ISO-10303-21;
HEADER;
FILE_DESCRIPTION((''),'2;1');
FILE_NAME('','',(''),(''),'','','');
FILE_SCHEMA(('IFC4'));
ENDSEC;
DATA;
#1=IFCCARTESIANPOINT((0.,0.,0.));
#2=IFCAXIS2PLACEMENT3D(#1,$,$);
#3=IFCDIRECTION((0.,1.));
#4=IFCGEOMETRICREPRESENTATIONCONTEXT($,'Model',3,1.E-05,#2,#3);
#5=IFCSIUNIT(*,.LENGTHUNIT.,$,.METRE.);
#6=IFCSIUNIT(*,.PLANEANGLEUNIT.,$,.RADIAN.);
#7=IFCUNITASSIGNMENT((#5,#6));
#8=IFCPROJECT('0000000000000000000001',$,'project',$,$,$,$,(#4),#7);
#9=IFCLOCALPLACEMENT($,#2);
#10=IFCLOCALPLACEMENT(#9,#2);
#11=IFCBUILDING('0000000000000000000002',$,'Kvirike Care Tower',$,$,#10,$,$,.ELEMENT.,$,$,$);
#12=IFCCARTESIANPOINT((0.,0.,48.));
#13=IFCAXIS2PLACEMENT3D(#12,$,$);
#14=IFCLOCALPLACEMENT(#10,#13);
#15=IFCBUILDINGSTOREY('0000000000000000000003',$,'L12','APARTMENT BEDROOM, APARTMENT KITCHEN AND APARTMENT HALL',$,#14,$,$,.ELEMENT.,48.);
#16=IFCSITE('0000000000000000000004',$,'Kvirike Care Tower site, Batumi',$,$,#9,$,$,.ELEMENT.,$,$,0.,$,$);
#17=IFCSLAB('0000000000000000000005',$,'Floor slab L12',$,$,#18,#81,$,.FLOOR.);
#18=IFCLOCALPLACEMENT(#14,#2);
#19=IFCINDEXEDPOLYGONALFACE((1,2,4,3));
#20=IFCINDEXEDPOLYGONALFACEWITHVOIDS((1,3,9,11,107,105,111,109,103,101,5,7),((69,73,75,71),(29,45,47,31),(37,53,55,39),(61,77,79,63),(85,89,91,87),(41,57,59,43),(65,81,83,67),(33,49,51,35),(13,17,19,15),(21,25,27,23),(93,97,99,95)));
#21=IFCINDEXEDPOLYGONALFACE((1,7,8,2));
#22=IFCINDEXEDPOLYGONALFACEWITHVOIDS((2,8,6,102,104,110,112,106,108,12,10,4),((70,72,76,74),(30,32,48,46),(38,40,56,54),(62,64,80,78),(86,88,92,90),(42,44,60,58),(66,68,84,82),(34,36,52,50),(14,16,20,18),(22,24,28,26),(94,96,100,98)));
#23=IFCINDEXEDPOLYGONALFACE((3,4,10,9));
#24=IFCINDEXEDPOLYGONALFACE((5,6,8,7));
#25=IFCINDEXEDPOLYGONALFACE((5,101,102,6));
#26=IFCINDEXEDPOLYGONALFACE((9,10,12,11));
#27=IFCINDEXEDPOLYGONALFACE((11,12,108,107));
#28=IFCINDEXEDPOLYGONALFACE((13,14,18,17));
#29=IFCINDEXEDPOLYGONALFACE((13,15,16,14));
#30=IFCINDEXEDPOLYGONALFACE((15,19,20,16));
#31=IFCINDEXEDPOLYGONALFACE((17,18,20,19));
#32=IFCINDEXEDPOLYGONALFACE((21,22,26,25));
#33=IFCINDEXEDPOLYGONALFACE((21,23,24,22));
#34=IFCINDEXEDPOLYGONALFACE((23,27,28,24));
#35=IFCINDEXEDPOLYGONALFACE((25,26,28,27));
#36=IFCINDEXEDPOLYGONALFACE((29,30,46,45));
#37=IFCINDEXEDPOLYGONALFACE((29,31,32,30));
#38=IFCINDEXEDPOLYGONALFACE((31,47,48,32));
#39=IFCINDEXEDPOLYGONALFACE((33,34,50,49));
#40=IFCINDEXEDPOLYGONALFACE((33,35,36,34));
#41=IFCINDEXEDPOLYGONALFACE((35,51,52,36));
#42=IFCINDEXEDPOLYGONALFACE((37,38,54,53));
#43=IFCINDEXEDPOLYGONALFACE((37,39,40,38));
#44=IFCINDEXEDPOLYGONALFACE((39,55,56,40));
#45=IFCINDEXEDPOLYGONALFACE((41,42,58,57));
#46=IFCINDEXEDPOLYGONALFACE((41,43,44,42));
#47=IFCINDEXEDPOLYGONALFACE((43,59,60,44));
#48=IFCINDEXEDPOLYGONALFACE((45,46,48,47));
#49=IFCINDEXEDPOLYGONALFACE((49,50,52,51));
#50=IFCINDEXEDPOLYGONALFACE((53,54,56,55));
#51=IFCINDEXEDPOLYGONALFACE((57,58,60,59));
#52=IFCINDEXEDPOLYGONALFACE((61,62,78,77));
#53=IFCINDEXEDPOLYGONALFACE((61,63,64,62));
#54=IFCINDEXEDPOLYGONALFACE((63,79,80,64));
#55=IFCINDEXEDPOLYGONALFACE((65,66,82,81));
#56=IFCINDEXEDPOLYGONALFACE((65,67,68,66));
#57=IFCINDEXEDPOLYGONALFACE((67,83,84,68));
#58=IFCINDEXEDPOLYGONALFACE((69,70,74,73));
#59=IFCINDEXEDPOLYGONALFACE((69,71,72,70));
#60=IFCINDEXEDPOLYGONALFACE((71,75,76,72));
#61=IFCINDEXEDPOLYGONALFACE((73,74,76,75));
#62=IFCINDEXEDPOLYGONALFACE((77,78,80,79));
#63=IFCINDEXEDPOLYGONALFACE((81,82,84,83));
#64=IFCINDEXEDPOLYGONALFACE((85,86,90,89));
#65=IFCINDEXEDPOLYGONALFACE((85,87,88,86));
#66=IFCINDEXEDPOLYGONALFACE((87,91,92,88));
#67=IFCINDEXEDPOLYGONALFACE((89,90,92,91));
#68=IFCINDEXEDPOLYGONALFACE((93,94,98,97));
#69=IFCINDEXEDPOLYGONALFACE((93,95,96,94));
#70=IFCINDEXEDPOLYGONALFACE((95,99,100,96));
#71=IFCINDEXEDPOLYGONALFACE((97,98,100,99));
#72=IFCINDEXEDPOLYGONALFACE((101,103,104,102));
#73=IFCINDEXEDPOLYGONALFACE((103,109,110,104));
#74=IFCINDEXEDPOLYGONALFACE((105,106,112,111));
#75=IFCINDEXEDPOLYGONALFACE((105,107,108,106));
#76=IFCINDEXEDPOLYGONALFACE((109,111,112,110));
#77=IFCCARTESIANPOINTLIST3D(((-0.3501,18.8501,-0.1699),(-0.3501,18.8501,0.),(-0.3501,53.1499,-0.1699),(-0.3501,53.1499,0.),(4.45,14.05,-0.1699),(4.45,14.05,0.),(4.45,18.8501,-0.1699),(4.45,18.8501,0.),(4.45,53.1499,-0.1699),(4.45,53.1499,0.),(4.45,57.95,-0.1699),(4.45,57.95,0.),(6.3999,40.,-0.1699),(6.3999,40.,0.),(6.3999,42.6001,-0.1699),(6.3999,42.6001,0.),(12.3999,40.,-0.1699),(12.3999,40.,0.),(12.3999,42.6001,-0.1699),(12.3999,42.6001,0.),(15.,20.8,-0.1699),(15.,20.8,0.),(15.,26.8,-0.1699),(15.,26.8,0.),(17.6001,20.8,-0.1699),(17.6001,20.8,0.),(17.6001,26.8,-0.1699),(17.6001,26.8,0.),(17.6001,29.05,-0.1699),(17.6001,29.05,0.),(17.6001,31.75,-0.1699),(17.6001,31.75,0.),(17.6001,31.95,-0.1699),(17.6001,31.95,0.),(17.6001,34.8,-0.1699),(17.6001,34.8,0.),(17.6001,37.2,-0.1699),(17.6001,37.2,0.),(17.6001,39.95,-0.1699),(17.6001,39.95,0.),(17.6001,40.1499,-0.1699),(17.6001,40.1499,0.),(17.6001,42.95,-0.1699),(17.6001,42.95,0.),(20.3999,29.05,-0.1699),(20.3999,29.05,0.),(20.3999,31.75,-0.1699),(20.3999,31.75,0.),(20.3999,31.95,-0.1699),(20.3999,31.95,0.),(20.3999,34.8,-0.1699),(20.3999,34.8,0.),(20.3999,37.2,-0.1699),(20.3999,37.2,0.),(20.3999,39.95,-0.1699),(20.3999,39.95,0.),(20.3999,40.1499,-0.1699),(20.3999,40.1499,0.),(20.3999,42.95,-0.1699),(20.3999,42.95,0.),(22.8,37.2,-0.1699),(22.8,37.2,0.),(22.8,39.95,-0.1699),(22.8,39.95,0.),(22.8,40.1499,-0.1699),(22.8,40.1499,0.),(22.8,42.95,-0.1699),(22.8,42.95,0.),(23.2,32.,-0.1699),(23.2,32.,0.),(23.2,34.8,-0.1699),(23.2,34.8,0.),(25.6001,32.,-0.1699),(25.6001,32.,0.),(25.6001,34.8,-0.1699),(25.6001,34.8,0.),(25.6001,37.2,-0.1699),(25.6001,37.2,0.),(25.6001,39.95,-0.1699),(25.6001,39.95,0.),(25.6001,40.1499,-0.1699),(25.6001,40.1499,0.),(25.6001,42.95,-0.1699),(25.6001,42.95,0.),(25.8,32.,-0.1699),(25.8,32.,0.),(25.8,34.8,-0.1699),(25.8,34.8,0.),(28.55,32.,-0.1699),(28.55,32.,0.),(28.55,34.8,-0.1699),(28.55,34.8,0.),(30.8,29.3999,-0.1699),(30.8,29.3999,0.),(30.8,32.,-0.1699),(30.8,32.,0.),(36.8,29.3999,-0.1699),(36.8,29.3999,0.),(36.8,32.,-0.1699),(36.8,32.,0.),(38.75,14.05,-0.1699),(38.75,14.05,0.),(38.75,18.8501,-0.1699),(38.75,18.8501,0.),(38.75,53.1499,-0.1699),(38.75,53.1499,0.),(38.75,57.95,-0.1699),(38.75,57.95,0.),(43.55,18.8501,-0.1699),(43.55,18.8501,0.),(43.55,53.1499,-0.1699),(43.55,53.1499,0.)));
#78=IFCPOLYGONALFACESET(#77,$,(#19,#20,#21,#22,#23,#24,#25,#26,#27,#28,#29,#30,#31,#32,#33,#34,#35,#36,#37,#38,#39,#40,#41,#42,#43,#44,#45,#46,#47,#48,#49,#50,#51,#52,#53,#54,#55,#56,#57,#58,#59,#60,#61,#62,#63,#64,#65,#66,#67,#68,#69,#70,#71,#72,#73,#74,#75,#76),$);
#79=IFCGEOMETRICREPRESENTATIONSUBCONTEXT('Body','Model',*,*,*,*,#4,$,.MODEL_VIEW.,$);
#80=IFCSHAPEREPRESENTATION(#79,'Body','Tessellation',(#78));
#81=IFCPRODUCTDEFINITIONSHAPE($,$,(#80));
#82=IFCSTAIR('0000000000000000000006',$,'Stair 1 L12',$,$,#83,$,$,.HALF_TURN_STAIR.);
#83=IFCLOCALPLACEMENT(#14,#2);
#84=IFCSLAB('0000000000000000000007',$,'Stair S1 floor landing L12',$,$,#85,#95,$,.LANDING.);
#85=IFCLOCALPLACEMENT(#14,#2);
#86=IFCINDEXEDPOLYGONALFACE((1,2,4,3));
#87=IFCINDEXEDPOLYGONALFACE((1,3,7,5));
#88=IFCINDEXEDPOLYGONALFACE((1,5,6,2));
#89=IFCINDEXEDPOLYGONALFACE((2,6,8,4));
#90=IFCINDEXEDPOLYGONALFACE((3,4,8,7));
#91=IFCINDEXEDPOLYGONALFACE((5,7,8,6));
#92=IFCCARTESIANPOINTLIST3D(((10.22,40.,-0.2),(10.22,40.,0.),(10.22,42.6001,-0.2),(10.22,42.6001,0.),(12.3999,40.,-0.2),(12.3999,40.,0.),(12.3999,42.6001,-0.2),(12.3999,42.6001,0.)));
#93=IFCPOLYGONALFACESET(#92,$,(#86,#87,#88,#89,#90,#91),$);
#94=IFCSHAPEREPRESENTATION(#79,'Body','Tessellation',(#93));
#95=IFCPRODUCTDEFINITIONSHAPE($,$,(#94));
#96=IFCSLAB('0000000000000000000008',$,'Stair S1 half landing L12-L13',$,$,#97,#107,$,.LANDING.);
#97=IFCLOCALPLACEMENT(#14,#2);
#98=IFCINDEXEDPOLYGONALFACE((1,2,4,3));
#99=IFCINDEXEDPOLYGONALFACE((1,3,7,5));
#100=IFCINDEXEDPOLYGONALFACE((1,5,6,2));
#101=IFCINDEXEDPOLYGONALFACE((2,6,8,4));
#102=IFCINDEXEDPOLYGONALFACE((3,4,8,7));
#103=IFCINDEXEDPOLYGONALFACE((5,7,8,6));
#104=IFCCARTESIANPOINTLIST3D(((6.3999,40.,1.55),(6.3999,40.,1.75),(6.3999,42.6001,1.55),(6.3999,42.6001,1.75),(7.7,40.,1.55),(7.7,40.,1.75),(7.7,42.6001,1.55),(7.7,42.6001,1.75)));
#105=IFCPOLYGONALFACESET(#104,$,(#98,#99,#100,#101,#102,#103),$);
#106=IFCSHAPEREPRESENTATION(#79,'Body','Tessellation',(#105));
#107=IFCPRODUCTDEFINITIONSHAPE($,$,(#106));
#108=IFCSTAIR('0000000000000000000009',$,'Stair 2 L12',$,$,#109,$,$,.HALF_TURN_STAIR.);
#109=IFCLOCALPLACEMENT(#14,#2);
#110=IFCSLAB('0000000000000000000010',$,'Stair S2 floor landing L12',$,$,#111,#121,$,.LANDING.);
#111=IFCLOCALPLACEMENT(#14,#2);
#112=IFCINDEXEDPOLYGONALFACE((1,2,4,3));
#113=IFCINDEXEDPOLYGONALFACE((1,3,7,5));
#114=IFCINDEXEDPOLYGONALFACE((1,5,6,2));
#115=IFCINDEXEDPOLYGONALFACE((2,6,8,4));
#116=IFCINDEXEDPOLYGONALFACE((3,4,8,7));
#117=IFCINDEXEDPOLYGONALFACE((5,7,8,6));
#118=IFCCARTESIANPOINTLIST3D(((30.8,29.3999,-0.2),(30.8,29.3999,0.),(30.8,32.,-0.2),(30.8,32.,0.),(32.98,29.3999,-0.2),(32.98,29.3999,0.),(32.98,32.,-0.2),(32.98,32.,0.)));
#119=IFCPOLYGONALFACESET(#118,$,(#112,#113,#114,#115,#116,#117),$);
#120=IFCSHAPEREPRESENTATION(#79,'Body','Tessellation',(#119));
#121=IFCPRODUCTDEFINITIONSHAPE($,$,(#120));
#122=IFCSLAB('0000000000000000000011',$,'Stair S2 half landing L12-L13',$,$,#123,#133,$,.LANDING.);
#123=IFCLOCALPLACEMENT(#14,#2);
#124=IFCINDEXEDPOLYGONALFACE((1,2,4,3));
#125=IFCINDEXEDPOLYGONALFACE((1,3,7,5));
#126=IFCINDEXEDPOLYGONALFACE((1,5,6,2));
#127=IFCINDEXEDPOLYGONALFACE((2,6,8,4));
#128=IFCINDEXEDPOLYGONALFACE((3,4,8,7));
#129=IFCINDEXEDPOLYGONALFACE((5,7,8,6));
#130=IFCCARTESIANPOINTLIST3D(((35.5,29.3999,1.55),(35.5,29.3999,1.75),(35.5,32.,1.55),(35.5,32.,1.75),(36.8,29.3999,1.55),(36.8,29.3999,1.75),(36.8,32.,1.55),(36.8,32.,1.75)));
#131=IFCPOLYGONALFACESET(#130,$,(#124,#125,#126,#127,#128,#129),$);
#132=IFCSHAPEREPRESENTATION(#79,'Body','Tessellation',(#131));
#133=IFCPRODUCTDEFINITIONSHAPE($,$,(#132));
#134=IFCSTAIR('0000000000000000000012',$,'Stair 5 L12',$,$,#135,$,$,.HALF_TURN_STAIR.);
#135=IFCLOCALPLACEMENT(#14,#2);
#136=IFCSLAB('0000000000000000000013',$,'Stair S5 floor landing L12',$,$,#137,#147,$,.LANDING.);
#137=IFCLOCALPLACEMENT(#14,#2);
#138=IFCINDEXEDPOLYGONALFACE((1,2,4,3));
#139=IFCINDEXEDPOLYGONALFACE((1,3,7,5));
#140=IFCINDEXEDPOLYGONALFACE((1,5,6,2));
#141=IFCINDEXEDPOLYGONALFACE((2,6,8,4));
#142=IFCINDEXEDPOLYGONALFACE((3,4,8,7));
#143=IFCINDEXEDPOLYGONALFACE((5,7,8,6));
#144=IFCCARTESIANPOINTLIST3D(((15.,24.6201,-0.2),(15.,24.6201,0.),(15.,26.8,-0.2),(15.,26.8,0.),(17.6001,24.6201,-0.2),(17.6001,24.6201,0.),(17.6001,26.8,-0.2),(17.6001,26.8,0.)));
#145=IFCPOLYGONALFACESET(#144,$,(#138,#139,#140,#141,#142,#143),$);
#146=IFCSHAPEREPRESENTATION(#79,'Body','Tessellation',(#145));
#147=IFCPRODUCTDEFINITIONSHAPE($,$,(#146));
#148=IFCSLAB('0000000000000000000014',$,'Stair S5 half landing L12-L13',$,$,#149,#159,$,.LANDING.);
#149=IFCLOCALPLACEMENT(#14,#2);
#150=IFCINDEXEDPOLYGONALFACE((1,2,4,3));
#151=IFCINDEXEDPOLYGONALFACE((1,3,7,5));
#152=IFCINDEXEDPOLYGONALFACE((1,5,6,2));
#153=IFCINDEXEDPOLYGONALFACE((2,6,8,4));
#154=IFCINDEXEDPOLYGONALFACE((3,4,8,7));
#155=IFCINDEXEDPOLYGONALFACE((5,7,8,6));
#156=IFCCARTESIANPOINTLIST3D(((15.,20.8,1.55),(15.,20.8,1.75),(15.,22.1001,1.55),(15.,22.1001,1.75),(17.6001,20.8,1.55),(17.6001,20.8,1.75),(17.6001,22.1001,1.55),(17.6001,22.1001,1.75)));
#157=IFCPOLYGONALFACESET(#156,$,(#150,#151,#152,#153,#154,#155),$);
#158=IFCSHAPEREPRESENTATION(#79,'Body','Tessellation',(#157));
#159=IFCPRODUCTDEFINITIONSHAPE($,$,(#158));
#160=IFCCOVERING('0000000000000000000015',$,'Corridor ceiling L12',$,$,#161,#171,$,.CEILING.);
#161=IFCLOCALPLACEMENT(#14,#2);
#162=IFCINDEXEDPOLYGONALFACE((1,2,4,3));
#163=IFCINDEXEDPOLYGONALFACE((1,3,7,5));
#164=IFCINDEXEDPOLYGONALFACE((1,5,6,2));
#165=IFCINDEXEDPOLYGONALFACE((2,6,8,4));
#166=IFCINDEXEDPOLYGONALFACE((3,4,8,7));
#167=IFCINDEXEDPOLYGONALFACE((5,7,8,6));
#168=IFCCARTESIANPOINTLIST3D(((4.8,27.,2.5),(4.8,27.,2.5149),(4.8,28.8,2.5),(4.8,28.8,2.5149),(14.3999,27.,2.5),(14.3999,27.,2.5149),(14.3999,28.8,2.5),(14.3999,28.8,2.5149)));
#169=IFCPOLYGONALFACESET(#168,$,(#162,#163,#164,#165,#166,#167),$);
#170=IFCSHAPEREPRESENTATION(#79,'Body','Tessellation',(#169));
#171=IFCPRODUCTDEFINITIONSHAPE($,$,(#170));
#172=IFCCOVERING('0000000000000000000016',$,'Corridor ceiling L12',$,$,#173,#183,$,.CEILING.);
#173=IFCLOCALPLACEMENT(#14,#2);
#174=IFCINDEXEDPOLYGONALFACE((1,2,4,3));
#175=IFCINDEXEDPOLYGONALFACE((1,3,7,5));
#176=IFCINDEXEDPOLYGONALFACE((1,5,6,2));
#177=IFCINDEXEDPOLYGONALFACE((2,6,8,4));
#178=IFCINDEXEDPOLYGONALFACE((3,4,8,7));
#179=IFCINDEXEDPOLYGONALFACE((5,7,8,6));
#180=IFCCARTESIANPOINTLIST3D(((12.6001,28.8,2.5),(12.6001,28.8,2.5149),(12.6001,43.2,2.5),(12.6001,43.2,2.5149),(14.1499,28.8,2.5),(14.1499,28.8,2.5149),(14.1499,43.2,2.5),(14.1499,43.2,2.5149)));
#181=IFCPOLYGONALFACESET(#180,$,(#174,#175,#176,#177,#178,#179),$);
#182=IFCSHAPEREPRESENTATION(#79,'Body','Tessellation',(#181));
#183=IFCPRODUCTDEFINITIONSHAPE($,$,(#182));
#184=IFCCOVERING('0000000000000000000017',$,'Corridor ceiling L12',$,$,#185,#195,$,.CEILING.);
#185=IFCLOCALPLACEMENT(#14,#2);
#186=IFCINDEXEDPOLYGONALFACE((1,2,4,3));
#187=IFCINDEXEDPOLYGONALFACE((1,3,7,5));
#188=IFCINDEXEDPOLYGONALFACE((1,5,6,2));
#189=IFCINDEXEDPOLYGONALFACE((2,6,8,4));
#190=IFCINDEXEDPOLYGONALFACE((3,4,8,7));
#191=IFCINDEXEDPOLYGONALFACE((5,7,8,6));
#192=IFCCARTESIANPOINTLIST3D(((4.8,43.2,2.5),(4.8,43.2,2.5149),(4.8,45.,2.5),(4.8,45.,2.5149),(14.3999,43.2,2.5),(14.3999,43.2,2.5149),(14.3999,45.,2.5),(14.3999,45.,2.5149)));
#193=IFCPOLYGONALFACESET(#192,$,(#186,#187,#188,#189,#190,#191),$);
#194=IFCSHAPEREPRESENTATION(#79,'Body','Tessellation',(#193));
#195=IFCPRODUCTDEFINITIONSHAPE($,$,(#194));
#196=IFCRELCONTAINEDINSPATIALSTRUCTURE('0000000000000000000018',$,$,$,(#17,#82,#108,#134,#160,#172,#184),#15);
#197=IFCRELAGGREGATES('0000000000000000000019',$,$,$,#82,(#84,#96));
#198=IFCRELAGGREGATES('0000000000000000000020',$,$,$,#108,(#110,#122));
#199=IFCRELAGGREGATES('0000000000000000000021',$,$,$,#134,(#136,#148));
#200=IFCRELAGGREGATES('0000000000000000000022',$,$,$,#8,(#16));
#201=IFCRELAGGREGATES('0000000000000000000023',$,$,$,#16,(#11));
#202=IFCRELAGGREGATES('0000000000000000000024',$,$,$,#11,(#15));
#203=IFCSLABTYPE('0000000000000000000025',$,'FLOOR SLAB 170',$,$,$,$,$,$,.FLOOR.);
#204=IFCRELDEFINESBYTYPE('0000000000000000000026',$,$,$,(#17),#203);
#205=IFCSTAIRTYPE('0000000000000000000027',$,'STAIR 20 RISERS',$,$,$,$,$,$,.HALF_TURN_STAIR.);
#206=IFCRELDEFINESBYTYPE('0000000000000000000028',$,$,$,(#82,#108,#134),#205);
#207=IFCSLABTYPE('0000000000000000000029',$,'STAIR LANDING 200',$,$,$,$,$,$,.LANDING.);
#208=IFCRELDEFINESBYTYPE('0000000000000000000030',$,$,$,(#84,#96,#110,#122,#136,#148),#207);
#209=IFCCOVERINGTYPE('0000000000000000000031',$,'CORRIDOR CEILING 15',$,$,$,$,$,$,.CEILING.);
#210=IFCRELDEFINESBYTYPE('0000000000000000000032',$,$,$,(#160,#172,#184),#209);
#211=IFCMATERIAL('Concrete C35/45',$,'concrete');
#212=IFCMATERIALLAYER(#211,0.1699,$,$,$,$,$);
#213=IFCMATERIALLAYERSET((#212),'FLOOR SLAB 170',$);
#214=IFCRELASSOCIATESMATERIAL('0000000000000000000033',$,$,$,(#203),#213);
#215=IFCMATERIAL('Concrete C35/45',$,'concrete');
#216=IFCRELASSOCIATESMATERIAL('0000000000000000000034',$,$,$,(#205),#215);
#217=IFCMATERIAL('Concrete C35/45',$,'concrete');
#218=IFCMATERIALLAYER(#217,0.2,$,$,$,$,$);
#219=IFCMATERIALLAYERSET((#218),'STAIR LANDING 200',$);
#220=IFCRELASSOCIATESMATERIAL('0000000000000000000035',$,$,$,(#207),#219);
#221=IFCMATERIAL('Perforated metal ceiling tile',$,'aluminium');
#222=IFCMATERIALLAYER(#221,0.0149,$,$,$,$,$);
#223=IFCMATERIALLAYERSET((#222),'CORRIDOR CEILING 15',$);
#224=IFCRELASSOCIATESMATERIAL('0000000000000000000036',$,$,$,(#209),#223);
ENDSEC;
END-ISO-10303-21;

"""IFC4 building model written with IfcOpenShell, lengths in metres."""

from ifc_helpers import new_model, si_unit, direction, frame, origin, place, context, subcontext, project, spatial, polyline, outline, extrude, material, layer, layer_set, type_object, element, aggregate, save


model = new_model("IFC4")

# Units and contexts
model_context = context("Model", 3, precision=1e-05, world=origin(), true_north=direction((0.0, 1.0)))
body_context = subcontext(model_context, "Body", "Model", "MODEL_VIEW")
ifc_project = project(units=[si_unit("LENGTHUNIT", "METRE"), si_unit("PLANEANGLEUNIT", "RADIAN")], contexts=[model_context])

# Site, building, storey
site_placement = place(None, origin())
site = spatial("IfcSite", under=ifc_project, at=site_placement, Name="Kvirike Care Tower site, Batumi", CompositionType="ELEMENT", RefElevation=0.0)
building_placement = place(site_placement, origin())
building = spatial("IfcBuilding", under=site, at=building_placement, Name="Kvirike Care Tower", CompositionType="ELEMENT")
storey_placement = place(building_placement, frame((0.0, 0.0, 48.0)))
storey = spatial("IfcBuildingStorey", under=building, at=storey_placement, Name="L12", Description="APARTMENT BEDROOM, APARTMENT KITCHEN AND APARTMENT HALL", CompositionType="ELEMENT", Elevation=48.0)

# Slab
ifc_material_1 = material(Name="Concrete C35/45", Category="concrete")
ifc_layer_1 = layer(ifc_material_1, 0.1699)
ifc_layer_set_1 = layer_set([ifc_layer_1], Name="FLOOR SLAB 170")
slab_type_1 = type_object("IfcSlabType", Name="FLOOR SLAB 170", PredefinedType="FLOOR", material=ifc_layer_set_1)
slab_1_placement = place(storey_placement, frame((0.0, 0.0, -0.1699)))
element("IfcSlab", 1, at=slab_1_placement, inside=storey, type_object=slab_type_1, Name="Floor slab L12", PredefinedType="FLOOR", context=body_context, shape_type="SweptSolid", body=[
    extrude(outline(polyline([(-0.3501, 53.1499), (-0.3501, 18.8501), (4.45, 18.8501), (4.45, 14.05), (38.75, 14.05), (38.75, 18.8501), (43.55, 18.8501), (43.55, 53.1499), (38.75, 53.1499), (38.75, 57.95), (4.45, 57.95), (4.45, 53.1499), (-0.3501, 53.1499)]), holes=[polyline([(17.6001, 29.05), (17.6001, 31.75), (20.3999, 31.75), (20.3999, 29.05), (17.6001, 29.05)]), polyline([(17.6001, 31.95), (17.6001, 34.8), (20.3999, 34.8), (20.3999, 31.95), (17.6001, 31.95)]), polyline([(17.6001, 37.2), (17.6001, 39.95), (20.3999, 39.95), (20.3999, 37.2), (17.6001, 37.2)]), polyline([(17.6001, 40.1499), (17.6001, 42.95), (20.3999, 42.95), (20.3999, 40.1499), (17.6001, 40.1499)]), polyline([(22.8, 37.2), (22.8, 39.95), (25.6001, 39.95), (25.6001, 37.2), (22.8, 37.2)]), polyline([(22.8, 40.1499), (22.8, 42.95), (25.6001, 42.95), (25.6001, 40.1499), (22.8, 40.1499)]), polyline([(23.2, 32.0), (23.2, 34.8), (25.6001, 34.8), (25.6001, 32.0), (23.2, 32.0)]), polyline([(25.8, 32.0), (25.8, 34.8), (28.55, 34.8), (28.55, 32.0), (25.8, 32.0)]), polyline([(12.3999, 42.6001), (12.3999, 40.0), (6.3999, 40.0), (6.3999, 42.6001), (12.3999, 42.6001)]), polyline([(30.8, 29.3999), (30.8, 32.0), (36.8, 32.0), (36.8, 29.3999), (30.8, 29.3999)]), polyline([(15.0, 26.8), (17.6001, 26.8), (17.6001, 20.8), (15.0, 20.8), (15.0, 26.8)])]), origin(), (0.0, 0.0, 1.0), 0.1699),
])

# Stairs, slabs
ifc_material_2 = material(Name="Concrete C35/45", Category="concrete")
stair_type = type_object("IfcStairType", Name="STAIR 20 RISERS", PredefinedType="HALF_TURN_STAIR", material=ifc_material_2)
stair_1_placement = place(storey_placement, origin())
stair_1 = element("IfcStair", 2, at=stair_1_placement, inside=storey, type_object=stair_type, Name="Stair 1 L12", PredefinedType="HALF_TURN_STAIR")
ifc_material_3 = material(Name="Concrete C35/45", Category="concrete")
ifc_layer_2 = layer(ifc_material_3, 0.2)
ifc_layer_set_2 = layer_set([ifc_layer_2], Name="STAIR LANDING 200")
slab_type_2 = type_object("IfcSlabType", Name="STAIR LANDING 200", PredefinedType="LANDING", material=ifc_layer_set_2)
slab_2_placement = place(storey_placement, frame((0.0, 0.0, -0.2)))
slab_2 = element("IfcSlab", 3, at=slab_2_placement, type_object=slab_type_2, Name="Stair S1 floor landing L12", PredefinedType="LANDING", context=body_context, shape_type="SweptSolid", body=[
    extrude(outline(polyline([(10.22, 42.6001), (10.22, 40.0), (12.3999, 40.0), (12.3999, 42.6001), (10.22, 42.6001)])), origin(), (0.0, 0.0, 1.0), 0.2),
])
slab_3_placement = place(storey_placement, frame((0.0, 0.0, 1.55)))
slab_3 = element("IfcSlab", 4, at=slab_3_placement, type_object=slab_type_2, Name="Stair S1 half landing L12-L13", PredefinedType="LANDING", context=body_context, shape_type="SweptSolid", body=[
    extrude(outline(polyline([(6.3999, 42.6001), (6.3999, 40.0), (7.7, 40.0), (7.7, 42.6001), (6.3999, 42.6001)])), origin(), (0.0, 0.0, 1.0), 0.2),
])
aggregate(stair_1, [slab_2, slab_3])
stair_2_placement = place(storey_placement, origin())
stair_2 = element("IfcStair", 5, at=stair_2_placement, inside=storey, type_object=stair_type, Name="Stair 2 L12", PredefinedType="HALF_TURN_STAIR")
slab_4_placement = place(storey_placement, frame((0.0, 0.0, -0.2)))
slab_4 = element("IfcSlab", 6, at=slab_4_placement, type_object=slab_type_2, Name="Stair S2 floor landing L12", PredefinedType="LANDING", context=body_context, shape_type="SweptSolid", body=[
    extrude(outline(polyline([(32.98, 29.3999), (32.98, 32.0), (30.8, 32.0), (30.8, 29.3999), (32.98, 29.3999)])), origin(), (0.0, 0.0, 1.0), 0.2),
])
slab_5_placement = place(storey_placement, frame((0.0, 0.0, 1.55)))
slab_5 = element("IfcSlab", 7, at=slab_5_placement, type_object=slab_type_2, Name="Stair S2 half landing L12-L13", PredefinedType="LANDING", context=body_context, shape_type="SweptSolid", body=[
    extrude(outline(polyline([(36.8, 29.3999), (36.8, 32.0), (35.5, 32.0), (35.5, 29.3999), (36.8, 29.3999)])), origin(), (0.0, 0.0, 1.0), 0.2),
])
aggregate(stair_2, [slab_4, slab_5])
stair_3_placement = place(storey_placement, origin())
stair_3 = element("IfcStair", 8, at=stair_3_placement, inside=storey, type_object=stair_type, Name="Stair 5 L12", PredefinedType="HALF_TURN_STAIR")
slab_6_placement = place(storey_placement, frame((0.0, 0.0, -0.2)))
slab_6 = element("IfcSlab", 9, at=slab_6_placement, type_object=slab_type_2, Name="Stair S5 floor landing L12", PredefinedType="LANDING", context=body_context, shape_type="SweptSolid", body=[
    extrude(outline(polyline([(15.0, 24.6201), (17.6001, 24.6201), (17.6001, 26.8), (15.0, 26.8), (15.0, 24.6201)])), origin(), (0.0, 0.0, 1.0), 0.2),
])
slab_7_placement = place(storey_placement, frame((0.0, 0.0, 1.55)))
slab_7 = element("IfcSlab", 10, at=slab_7_placement, type_object=slab_type_2, Name="Stair S5 half landing L12-L13", PredefinedType="LANDING", context=body_context, shape_type="SweptSolid", body=[
    extrude(outline(polyline([(15.0, 20.8), (17.6001, 20.8), (17.6001, 22.1001), (15.0, 22.1001), (15.0, 20.8)])), origin(), (0.0, 0.0, 1.0), 0.2),
])
aggregate(stair_3, [slab_6, slab_7])

# Coverings
ifc_material_4 = material(Name="Perforated metal ceiling tile", Category="aluminium")
ifc_layer_3 = layer(ifc_material_4, 0.0149)
ifc_layer_set_3 = layer_set([ifc_layer_3], Name="CORRIDOR CEILING 15")
covering_type_1 = type_object("IfcCoveringType", Name="CORRIDOR CEILING 15", PredefinedType="CEILING", material=ifc_layer_set_3)
covering_1_placement = place(storey_placement, frame((0.0, 0.0, 2.5)))
element("IfcCovering", 11, at=covering_1_placement, inside=storey, type_object=covering_type_1, Name="Corridor ceiling L12", PredefinedType="CEILING", context=body_context, shape_type="SweptSolid", body=[
    extrude(outline(polyline([(4.8, 27.0), (4.8, 28.8), (14.3999, 28.8), (14.3999, 27.0), (4.8, 27.0)])), origin(), (0.0, 0.0, 1.0), 0.0149),
])
covering_2_placement = place(storey_placement, frame((0.0, 0.0, 2.5)))
element("IfcCovering", 12, at=covering_2_placement, inside=storey, type_object=covering_type_1, Name="Corridor ceiling L12", PredefinedType="CEILING", context=body_context, shape_type="SweptSolid", body=[
    extrude(outline(polyline([(12.6001, 43.2), (14.1499, 43.2), (14.1499, 28.8), (12.6001, 28.8), (12.6001, 43.2)])), origin(), (0.0, 0.0, 1.0), 0.0149),
])
covering_3_placement = place(storey_placement, frame((0.0, 0.0, 2.5)))
element("IfcCovering", 13, at=covering_3_placement, inside=storey, type_object=covering_type_1, Name="Corridor ceiling L12", PredefinedType="CEILING", context=body_context, shape_type="SweptSolid", body=[
    extrude(outline(polyline([(14.3999, 45.0), (14.3999, 43.2), (4.8, 43.2), (4.8, 45.0), (14.3999, 45.0)])), origin(), (0.0, 0.0, 1.0), 0.0149),
])

save(model, "model.ifc")
